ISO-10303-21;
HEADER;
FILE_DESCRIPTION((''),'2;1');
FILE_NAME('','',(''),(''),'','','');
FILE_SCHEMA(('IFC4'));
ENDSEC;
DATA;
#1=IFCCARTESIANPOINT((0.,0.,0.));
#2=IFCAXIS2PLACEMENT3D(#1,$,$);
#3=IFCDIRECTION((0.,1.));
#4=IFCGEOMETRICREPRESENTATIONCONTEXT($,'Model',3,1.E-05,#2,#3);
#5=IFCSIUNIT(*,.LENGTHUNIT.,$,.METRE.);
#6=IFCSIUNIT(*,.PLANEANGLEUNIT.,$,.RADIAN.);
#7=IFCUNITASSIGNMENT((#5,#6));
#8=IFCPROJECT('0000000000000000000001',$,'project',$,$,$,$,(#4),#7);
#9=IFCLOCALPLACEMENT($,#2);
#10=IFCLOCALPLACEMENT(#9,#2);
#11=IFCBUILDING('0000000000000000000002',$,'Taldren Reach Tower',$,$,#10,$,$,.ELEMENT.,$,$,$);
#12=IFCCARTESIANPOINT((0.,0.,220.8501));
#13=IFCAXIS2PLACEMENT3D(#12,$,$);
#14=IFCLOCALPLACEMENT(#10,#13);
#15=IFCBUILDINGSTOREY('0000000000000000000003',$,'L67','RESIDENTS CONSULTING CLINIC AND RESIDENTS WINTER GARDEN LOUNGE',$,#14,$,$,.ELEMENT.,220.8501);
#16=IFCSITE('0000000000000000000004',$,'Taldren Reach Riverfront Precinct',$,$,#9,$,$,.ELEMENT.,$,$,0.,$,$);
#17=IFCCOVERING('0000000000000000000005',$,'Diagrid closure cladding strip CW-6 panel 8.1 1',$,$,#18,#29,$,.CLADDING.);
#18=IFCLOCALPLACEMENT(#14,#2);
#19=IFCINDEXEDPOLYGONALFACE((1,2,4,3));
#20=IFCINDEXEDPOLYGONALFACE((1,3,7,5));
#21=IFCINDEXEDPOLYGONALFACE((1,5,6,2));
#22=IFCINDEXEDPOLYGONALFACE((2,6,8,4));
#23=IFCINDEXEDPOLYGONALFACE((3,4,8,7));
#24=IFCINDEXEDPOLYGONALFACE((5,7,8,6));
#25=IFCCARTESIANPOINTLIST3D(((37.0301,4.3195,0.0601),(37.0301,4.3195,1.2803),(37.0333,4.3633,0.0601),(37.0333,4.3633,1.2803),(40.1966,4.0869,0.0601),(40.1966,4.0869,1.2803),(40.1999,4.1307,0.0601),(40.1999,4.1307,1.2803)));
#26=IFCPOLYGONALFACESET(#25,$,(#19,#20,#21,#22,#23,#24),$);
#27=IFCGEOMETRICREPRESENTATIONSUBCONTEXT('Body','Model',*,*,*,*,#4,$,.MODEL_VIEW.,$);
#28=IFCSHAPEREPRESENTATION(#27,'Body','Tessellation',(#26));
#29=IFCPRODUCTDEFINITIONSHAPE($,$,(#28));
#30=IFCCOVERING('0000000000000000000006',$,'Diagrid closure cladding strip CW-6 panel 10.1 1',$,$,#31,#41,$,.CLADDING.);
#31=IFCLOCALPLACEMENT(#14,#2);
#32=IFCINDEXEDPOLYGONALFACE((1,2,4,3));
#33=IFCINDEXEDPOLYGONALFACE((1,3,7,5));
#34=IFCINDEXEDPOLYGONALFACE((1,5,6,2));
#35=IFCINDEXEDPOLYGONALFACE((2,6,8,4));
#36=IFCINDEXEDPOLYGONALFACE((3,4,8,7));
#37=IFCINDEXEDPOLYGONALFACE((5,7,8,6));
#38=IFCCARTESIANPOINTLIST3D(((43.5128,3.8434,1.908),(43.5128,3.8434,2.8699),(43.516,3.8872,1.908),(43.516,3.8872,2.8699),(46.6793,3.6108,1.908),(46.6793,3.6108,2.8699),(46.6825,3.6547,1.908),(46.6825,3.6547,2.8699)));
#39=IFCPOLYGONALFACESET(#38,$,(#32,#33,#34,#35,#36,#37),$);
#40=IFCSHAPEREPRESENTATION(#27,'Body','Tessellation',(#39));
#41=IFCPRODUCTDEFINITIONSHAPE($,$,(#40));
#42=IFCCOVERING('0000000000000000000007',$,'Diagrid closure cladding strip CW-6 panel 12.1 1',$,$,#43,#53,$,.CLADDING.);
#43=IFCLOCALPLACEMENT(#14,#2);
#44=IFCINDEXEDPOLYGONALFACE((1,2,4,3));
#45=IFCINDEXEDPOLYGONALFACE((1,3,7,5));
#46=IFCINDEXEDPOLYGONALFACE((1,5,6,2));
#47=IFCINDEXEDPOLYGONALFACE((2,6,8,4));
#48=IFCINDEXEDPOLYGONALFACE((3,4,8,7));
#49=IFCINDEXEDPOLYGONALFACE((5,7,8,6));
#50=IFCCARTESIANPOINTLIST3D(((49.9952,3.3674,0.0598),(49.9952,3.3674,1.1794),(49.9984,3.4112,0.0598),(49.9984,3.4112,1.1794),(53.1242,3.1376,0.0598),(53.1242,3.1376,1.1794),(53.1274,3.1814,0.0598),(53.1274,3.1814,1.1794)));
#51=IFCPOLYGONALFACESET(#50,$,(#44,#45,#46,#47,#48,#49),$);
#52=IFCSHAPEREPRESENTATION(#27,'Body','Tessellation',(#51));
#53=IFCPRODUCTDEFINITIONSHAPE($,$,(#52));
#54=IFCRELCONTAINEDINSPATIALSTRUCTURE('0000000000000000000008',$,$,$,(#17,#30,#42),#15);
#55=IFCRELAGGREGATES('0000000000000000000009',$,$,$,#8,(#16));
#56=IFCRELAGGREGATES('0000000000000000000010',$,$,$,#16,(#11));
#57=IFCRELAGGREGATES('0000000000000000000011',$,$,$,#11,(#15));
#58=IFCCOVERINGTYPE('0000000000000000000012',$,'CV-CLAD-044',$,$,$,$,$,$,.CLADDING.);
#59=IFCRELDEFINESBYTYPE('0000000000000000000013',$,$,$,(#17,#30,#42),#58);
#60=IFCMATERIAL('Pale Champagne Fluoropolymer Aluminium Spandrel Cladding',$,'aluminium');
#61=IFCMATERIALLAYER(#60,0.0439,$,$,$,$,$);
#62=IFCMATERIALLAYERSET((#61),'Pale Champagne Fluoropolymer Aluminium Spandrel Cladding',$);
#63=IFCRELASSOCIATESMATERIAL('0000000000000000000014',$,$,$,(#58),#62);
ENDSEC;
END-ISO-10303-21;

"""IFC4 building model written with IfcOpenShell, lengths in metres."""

from ifc_helpers import new_model, si_unit, direction, frame, origin, origin_2d, place, context, subcontext, project, spatial, rectangle, extrude, source, transform, mapped, material, layer, layer_set, type_object, element, save


model = new_model("IFC4")

# Units and contexts
model_context = context("Model", 3, precision=1e-05, world=origin(), true_north=direction((0.0, 1.0)))
body_context = subcontext(model_context, "Body", "Model", "MODEL_VIEW")
ifc_project = project(units=[si_unit("LENGTHUNIT", "METRE"), si_unit("PLANEANGLEUNIT", "RADIAN")], contexts=[model_context])

# Site, building, storey
site_placement = place(None, origin())
site = spatial("IfcSite", under=ifc_project, at=site_placement, Name="Taldren Reach Riverfront Precinct", CompositionType="ELEMENT", RefElevation=0.0)
building_placement = place(site_placement, origin())
building = spatial("IfcBuilding", under=site, at=building_placement, Name="Taldren Reach Tower", CompositionType="ELEMENT")
storey_placement = place(building_placement, frame((0.0, 0.0, 220.8501)))
storey = spatial("IfcBuildingStorey", under=building, at=storey_placement, Name="L67", Description="RESIDENTS CONSULTING CLINIC AND RESIDENTS WINTER GARDEN LOUNGE", CompositionType="ELEMENT", Elevation=220.8501)

# Coverings
ifc_material_1 = material(Name="Pale Champagne Fluoropolymer Aluminium Spandrel Cladding", Category="aluminium")
ifc_layer_1 = layer(ifc_material_1, 0.0439)
ifc_layer_set_1 = layer_set([ifc_layer_1], Name="Pale Champagne Fluoropolymer Aluminium Spandrel Cladding")
covering_type = type_object("IfcCoveringType", Name="CV-CLAD-044", PredefinedType="CLADDING", material=ifc_layer_set_1)
shared_shape_1 = source(origin(), body_context, "Body", "SweptSolid", [
    extrude(rectangle(XDim=3.175, YDim=0.0439, at=origin_2d()), origin(), (0.0, 0.0, 1.0), 1.2202),
])
covering_1_placement = place(storey_placement, frame((38.615, 4.2251, 0.0601), z_axis=(0.0, 0.0, 1.0), x_axis=(0.997314, -0.073238, 0.0)))
element("IfcCovering", 1, at=covering_1_placement, inside=storey, type_object=covering_type, Name="Diagrid closure cladding strip CW-6 panel 8.1 1", PredefinedType="CLADDING", context=body_context, shape_type="MappedRepresentation", body=[
    mapped(shared_shape_1, transform((0.0, 0.0, 0.0), scale=1.0)),
])
shared_shape_2 = source(origin(), body_context, "Body", "SweptSolid", [
    extrude(rectangle(XDim=3.175, YDim=0.0439, at=origin_2d()), origin(), (0.0, 0.0, 1.0), 0.9619),
])
covering_2_placement = place(storey_placement, frame((45.0977, 3.749, 1.908), z_axis=(0.0, 0.0, 1.0), x_axis=(0.997314, -0.073238, 0.0)))
element("IfcCovering", 2, at=covering_2_placement, inside=storey, type_object=covering_type, Name="Diagrid closure cladding strip CW-6 panel 10.1 1", PredefinedType="CLADDING", context=body_context, shape_type="MappedRepresentation", body=[
    mapped(shared_shape_2, transform((0.0, 0.0, 0.0), scale=1.0)),
])
shared_shape_3 = source(origin(), body_context, "Body", "SweptSolid", [
    extrude(rectangle(XDim=3.1375, YDim=0.0439, at=origin_2d()), origin(), (0.0, 0.0, 1.0), 1.1196),
])
covering_3_placement = place(storey_placement, frame((51.5613, 3.2744, 0.0598), z_axis=(0.0, 0.0, 1.0), x_axis=(0.997314, -0.073238, 0.0)))
element("IfcCovering", 3, at=covering_3_placement, inside=storey, type_object=covering_type, Name="Diagrid closure cladding strip CW-6 panel 12.1 1", PredefinedType="CLADDING", context=body_context, shape_type="MappedRepresentation", body=[
    mapped(shared_shape_3, transform((0.0, 0.0, 0.0), scale=1.0)),
])

save(model, "model.ifc")
